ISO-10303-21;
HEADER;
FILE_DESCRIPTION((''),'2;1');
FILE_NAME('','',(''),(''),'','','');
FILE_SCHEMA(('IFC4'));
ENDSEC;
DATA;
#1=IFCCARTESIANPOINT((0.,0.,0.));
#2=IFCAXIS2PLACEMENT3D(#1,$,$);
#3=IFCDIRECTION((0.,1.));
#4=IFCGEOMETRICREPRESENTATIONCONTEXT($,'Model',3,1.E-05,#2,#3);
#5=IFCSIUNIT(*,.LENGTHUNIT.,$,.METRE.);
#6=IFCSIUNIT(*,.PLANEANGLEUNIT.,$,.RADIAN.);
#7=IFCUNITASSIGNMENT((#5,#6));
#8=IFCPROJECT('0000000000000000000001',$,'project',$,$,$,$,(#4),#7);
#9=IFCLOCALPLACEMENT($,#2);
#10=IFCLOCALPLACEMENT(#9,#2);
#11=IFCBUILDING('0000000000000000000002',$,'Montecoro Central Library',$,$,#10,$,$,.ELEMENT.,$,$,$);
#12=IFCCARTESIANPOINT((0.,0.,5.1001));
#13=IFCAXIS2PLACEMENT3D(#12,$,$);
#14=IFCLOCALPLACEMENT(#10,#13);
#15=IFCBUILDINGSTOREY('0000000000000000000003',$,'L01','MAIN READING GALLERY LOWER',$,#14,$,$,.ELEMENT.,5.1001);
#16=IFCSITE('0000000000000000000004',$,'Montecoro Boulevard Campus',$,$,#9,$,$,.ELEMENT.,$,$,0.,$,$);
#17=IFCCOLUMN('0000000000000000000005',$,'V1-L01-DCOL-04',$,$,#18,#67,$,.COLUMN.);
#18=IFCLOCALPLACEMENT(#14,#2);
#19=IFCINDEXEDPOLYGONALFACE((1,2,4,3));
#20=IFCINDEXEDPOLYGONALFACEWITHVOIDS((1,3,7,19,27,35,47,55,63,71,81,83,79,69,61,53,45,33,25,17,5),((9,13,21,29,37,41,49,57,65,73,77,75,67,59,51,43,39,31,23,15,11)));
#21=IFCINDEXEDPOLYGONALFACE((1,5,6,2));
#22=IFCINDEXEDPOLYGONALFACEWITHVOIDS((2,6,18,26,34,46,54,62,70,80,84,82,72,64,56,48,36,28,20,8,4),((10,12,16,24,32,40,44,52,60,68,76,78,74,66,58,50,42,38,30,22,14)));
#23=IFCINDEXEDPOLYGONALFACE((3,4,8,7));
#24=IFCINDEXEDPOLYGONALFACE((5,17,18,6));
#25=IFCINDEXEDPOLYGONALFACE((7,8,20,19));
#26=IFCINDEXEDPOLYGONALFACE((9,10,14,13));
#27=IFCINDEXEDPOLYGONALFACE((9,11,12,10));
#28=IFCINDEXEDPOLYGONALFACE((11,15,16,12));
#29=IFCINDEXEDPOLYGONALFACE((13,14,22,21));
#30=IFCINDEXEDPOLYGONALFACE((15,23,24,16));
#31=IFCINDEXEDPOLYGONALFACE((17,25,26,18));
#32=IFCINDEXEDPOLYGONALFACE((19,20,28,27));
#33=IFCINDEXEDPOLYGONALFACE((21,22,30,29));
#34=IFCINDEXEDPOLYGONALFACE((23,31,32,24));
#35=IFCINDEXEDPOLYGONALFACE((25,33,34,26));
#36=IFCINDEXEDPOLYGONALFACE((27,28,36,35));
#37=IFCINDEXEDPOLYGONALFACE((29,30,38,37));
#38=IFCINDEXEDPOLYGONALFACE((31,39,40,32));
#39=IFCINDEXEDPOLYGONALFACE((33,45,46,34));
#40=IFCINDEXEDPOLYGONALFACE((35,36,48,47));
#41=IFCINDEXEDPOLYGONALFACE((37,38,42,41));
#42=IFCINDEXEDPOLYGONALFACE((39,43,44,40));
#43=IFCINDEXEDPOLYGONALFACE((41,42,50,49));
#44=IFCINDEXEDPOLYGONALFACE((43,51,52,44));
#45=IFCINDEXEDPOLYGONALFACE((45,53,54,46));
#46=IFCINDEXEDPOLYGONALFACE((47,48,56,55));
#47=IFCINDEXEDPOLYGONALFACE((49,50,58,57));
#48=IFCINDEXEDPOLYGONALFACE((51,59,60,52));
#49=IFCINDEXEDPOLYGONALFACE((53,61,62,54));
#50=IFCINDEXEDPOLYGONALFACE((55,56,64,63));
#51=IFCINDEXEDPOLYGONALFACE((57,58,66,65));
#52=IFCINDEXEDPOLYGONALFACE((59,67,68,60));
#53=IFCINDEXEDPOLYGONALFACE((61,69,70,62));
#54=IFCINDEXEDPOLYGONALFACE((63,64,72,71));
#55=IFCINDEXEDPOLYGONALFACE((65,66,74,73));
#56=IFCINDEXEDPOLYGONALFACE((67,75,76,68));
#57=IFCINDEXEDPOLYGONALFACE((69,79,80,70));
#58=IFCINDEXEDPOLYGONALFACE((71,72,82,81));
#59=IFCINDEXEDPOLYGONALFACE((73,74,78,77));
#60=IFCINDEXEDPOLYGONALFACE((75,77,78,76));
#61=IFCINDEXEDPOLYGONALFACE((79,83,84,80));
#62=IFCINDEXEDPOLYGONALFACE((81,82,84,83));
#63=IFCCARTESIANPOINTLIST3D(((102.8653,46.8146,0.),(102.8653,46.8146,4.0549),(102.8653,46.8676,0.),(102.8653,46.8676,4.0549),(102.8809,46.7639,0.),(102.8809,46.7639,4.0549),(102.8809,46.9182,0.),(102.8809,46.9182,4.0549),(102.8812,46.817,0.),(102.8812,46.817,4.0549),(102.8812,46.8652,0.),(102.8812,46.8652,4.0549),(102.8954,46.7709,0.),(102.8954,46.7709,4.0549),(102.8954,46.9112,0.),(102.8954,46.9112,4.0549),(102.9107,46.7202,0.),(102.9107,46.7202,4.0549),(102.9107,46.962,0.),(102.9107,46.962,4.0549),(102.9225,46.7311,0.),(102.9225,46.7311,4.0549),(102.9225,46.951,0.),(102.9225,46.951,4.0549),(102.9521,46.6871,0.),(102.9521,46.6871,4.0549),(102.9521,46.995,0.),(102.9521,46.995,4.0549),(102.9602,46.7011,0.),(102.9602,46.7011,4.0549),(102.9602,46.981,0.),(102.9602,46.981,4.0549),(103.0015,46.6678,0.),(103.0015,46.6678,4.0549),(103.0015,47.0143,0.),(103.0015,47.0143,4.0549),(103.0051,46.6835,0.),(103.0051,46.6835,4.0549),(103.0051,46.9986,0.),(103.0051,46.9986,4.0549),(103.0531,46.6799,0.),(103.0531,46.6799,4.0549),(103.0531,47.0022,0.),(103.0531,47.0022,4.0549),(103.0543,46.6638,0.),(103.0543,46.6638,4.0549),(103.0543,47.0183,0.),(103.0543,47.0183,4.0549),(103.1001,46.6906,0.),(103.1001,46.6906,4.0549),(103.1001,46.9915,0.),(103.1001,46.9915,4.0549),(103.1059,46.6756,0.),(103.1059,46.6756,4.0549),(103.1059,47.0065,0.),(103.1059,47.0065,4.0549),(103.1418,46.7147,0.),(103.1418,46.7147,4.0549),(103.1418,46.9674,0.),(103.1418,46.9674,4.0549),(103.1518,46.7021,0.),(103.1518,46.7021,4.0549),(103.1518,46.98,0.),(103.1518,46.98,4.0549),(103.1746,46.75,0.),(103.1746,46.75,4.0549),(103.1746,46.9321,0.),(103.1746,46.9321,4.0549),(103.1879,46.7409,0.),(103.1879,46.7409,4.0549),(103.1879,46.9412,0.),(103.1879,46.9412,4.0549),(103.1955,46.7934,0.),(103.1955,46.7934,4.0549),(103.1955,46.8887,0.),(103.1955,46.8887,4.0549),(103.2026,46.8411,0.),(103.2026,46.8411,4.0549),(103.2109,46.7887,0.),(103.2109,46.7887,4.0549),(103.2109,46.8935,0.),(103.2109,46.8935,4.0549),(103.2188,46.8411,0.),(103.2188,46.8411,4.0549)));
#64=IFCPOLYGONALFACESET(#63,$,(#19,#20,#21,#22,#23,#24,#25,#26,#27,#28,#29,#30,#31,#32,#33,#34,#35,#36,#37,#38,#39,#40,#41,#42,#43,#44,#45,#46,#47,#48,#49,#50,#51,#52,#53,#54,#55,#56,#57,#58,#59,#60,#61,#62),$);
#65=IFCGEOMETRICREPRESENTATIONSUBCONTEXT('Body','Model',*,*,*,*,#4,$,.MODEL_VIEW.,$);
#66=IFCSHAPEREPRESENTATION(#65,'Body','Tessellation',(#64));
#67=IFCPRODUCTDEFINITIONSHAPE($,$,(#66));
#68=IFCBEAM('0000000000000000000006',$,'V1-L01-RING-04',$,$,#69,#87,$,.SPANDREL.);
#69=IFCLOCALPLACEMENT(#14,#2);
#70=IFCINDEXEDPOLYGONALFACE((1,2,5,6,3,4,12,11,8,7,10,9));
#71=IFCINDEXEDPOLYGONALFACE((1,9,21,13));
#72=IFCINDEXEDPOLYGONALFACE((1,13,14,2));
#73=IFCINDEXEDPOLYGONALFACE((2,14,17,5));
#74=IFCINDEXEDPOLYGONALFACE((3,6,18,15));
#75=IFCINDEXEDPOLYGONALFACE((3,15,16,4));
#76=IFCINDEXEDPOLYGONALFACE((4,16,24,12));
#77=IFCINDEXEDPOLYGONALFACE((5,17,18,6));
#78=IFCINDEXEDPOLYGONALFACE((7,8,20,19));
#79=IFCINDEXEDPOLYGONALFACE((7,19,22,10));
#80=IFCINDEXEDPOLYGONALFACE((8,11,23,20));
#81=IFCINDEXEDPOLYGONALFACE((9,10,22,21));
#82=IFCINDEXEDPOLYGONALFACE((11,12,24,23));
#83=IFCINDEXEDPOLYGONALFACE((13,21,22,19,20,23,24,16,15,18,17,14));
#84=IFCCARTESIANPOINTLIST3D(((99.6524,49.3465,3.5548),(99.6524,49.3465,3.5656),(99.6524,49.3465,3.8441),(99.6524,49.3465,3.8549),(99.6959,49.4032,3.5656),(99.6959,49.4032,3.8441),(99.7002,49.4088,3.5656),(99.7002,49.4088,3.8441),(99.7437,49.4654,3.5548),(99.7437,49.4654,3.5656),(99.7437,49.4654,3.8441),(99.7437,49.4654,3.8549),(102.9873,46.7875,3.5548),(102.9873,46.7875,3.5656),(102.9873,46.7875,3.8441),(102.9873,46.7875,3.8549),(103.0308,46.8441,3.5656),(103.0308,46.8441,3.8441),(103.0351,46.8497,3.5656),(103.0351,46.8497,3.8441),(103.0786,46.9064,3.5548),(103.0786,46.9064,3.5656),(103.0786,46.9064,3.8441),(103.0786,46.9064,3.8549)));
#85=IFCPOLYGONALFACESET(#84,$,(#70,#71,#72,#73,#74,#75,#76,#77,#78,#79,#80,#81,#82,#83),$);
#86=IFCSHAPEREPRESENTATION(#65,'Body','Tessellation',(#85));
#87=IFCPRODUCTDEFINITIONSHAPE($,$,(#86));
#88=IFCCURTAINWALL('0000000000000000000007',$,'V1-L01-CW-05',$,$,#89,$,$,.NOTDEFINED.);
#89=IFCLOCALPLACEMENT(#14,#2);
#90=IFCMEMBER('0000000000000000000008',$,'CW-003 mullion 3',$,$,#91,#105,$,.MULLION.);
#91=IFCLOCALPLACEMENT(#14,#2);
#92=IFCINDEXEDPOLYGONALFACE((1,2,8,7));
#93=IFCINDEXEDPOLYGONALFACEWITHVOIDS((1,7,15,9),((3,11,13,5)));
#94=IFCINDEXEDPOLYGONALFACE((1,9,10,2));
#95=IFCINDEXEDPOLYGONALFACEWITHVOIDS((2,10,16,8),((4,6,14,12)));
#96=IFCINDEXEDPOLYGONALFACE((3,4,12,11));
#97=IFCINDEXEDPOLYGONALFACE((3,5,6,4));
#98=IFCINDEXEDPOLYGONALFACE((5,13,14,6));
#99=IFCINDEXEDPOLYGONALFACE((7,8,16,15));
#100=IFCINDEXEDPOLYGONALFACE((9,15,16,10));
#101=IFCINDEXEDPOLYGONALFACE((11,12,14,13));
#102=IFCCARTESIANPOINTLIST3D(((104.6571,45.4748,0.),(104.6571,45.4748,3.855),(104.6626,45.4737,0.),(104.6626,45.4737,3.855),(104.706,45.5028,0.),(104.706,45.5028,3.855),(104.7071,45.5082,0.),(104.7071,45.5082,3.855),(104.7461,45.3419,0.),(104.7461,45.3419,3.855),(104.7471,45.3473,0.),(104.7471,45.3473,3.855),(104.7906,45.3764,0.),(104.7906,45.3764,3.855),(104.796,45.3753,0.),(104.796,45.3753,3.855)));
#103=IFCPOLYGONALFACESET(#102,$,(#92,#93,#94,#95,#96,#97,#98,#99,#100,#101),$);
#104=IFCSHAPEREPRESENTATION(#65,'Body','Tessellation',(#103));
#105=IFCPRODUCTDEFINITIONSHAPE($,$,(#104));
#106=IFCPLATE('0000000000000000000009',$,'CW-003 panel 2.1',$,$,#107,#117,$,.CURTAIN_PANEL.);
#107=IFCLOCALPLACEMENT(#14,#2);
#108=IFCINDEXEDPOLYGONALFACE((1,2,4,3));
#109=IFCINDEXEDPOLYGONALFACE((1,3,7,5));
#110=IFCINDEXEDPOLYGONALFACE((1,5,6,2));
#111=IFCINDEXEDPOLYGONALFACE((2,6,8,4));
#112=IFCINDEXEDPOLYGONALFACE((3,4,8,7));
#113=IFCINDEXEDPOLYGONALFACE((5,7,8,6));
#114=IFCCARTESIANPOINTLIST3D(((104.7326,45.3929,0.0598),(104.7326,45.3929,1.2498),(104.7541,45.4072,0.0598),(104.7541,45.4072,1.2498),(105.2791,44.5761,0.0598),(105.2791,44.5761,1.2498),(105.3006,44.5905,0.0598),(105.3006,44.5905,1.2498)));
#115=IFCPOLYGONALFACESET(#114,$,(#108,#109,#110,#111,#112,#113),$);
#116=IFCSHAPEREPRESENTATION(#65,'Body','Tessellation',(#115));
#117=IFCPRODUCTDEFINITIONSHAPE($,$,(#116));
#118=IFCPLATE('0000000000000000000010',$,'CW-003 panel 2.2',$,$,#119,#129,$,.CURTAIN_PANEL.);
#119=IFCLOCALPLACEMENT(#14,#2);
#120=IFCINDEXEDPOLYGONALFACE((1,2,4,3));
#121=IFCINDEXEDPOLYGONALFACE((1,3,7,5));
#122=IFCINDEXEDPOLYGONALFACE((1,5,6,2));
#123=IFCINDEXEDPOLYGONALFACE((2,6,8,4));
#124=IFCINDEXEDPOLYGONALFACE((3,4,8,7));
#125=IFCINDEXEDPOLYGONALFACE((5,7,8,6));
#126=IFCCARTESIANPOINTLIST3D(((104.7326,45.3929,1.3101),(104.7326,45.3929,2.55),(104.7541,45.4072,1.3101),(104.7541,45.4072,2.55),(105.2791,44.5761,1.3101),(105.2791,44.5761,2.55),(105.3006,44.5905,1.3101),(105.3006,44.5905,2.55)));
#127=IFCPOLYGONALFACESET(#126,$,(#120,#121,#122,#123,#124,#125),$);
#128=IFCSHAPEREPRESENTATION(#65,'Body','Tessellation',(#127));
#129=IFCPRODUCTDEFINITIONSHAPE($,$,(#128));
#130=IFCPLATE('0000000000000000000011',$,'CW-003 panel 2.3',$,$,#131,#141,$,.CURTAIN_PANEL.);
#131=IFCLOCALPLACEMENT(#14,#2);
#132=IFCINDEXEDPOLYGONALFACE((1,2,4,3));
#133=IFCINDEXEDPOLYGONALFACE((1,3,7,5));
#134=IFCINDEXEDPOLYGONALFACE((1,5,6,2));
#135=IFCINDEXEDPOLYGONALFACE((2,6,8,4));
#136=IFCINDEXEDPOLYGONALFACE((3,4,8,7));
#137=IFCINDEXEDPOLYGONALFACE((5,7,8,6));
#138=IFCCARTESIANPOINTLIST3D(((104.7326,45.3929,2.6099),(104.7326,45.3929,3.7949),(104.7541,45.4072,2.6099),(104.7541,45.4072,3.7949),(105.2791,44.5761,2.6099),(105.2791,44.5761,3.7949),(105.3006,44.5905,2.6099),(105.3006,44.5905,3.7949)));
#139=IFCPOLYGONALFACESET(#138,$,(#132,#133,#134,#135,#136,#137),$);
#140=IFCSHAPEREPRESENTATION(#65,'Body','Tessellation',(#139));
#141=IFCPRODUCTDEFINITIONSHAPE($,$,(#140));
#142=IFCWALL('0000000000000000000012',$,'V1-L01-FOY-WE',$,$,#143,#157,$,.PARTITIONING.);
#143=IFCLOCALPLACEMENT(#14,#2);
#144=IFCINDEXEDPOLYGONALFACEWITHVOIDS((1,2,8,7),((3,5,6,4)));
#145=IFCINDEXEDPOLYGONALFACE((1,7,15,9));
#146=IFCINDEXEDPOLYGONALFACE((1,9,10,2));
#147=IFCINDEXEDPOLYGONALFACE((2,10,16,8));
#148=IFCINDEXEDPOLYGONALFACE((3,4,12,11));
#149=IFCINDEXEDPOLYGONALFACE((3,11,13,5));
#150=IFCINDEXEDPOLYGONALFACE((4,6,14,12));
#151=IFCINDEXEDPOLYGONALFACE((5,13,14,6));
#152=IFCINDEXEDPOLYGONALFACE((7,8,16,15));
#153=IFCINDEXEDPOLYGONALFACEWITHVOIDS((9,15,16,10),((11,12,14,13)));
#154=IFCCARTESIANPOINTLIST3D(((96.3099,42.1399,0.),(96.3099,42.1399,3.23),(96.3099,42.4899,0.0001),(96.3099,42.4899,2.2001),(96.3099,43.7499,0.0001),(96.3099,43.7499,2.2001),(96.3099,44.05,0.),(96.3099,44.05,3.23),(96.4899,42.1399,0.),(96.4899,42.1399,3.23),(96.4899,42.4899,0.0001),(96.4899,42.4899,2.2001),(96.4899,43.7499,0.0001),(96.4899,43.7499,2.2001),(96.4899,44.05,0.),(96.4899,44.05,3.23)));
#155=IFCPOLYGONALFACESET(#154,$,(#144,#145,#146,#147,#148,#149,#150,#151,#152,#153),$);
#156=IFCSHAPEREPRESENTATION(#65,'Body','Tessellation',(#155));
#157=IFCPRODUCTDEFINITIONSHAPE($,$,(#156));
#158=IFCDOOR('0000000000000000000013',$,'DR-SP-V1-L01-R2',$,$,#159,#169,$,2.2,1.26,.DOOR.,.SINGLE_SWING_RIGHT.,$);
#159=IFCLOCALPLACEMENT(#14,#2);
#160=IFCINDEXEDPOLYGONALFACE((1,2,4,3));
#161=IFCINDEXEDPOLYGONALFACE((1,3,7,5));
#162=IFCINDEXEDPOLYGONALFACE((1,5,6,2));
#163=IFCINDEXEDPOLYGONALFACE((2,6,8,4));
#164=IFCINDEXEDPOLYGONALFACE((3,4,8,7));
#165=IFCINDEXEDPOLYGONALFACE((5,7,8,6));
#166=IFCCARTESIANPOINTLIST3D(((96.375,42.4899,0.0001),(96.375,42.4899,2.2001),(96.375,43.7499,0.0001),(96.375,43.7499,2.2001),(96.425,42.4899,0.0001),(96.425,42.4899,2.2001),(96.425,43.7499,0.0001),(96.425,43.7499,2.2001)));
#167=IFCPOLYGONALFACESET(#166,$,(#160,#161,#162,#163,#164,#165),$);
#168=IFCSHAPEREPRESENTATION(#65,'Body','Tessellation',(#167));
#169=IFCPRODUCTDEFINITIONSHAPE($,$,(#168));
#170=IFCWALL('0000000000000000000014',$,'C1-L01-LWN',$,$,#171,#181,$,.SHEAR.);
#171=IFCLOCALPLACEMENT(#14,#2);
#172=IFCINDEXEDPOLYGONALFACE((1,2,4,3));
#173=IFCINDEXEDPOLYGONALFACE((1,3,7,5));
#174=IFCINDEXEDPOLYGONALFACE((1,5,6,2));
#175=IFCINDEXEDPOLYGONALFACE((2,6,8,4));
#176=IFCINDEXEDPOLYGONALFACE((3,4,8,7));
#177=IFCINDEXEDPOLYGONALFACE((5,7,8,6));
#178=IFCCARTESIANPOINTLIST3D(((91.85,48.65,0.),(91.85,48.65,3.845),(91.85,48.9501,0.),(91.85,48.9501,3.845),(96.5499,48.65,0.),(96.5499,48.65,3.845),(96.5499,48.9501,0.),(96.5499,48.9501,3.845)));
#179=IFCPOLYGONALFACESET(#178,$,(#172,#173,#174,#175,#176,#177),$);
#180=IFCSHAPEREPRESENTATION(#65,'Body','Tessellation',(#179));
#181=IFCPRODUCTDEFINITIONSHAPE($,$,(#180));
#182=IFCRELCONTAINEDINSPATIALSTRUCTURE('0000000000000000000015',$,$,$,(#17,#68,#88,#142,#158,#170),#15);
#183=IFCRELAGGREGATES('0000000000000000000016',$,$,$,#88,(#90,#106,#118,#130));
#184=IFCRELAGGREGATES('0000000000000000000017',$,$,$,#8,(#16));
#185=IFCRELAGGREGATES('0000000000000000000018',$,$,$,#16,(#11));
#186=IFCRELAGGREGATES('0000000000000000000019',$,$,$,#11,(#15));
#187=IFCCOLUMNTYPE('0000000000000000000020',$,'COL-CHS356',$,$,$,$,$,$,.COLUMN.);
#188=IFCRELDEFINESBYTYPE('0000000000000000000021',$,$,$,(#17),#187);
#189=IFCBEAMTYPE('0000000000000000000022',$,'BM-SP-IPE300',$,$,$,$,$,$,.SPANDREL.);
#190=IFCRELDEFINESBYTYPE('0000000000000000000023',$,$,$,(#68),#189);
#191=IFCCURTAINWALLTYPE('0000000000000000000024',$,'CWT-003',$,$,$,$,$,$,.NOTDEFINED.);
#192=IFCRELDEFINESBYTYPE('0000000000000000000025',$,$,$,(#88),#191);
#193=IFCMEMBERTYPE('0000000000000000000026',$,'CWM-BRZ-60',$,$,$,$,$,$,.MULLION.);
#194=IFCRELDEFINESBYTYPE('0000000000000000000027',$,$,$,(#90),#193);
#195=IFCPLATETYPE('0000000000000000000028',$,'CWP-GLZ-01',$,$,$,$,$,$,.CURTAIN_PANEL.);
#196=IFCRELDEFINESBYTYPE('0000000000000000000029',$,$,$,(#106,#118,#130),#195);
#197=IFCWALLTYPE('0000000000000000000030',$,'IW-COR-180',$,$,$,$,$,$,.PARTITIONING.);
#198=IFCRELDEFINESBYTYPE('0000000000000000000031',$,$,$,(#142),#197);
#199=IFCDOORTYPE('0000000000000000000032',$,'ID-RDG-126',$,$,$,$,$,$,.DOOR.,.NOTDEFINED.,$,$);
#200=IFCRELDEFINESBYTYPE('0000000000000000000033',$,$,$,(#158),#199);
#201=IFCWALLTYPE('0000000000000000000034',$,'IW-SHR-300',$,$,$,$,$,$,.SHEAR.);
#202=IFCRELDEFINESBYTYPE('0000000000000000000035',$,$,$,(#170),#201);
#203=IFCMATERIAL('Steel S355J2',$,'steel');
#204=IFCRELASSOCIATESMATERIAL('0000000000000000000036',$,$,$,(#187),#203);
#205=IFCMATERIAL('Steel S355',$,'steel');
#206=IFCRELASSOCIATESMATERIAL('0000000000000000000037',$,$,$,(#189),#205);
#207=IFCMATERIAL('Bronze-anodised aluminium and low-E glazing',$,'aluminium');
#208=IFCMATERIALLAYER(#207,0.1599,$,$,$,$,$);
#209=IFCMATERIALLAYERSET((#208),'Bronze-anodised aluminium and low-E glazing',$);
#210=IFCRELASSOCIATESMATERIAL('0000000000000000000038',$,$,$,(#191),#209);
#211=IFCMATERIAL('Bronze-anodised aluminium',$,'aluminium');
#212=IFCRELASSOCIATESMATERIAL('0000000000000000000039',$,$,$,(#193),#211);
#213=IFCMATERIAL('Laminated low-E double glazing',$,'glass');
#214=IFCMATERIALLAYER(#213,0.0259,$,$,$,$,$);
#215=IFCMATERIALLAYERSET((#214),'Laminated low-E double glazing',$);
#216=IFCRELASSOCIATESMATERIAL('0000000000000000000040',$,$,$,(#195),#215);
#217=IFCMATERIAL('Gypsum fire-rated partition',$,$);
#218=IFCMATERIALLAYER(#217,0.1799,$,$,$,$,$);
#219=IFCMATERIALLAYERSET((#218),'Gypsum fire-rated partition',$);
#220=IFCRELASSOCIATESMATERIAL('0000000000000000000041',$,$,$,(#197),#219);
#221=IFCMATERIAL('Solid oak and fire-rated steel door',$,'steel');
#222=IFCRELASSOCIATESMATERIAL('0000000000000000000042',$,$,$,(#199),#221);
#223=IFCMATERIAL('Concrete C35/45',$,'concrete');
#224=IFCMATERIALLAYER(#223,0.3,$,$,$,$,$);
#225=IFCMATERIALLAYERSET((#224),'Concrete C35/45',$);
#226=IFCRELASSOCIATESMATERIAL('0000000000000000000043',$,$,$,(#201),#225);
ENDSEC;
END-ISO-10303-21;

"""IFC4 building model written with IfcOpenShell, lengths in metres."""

from ifc_helpers import new_model, si_unit, direction, frame, frame_2d, origin, origin_2d, place, context, subcontext, project, spatial, rectangle, hollow_rectangle, hollow_circle, i_section, extrude, material, layer, layer_set, material_profile, profile_set, type_object, element, fill, aggregate, save


model = new_model("IFC4")

# Units and contexts
model_context = context("Model", 3, precision=1e-05, world=origin(), true_north=direction((0.0, 1.0)))
body_context = subcontext(model_context, "Body", "Model", "MODEL_VIEW")
ifc_project = project(units=[si_unit("LENGTHUNIT", "METRE"), si_unit("PLANEANGLEUNIT", "RADIAN")], contexts=[model_context])

# Site, building, storey
site_placement = place(None, origin())
site = spatial("IfcSite", under=ifc_project, at=site_placement, Name="Montecoro Boulevard Campus", CompositionType="ELEMENT", RefElevation=0.0)
building_placement = place(site_placement, origin())
building = spatial("IfcBuilding", under=site, at=building_placement, Name="Montecoro Central Library", CompositionType="ELEMENT")
storey_placement = place(building_placement, frame((0.0, 0.0, 5.1001)))
storey = spatial("IfcBuildingStorey", under=building, at=storey_placement, Name="L01", Description="MAIN READING GALLERY LOWER", CompositionType="ELEMENT", Elevation=5.1001)

# Column
ifc_material_1 = material(Name="Steel S355J2", Category="steel")
ifc_material_profile_1 = material_profile(ifc_material_1, hollow_circle(Radius=0.1777, WallThickness=0.0161, at=origin_2d()), Name="CHS 355.6x16.0")
ifc_profile_set_1 = profile_set([ifc_material_profile_1], Name="Steel S355J2")
column_type = type_object("IfcColumnType", Name="COL-CHS356", PredefinedType="COLUMN", material=ifc_profile_set_1)
column_placement = place(storey_placement, frame((103.041, 46.8411, 0.0), z_axis=(0.0, 0.0, 1.0), x_axis=(1.0, 0.0, 0.0)))
element("IfcColumn", 1, at=column_placement, inside=storey, type_object=column_type, Name="V1-L01-DCOL-04", PredefinedType="COLUMN", context=body_context, shape_type="SweptSolid", body=[
    extrude(hollow_circle(Radius=0.1777, WallThickness=0.0161, at=origin_2d()), origin(), (0.0, 0.0, 1.0), 4.0549),
])

# Beam
ifc_material_2 = material(Name="Steel S355", Category="steel")
ifc_material_profile_2 = material_profile(ifc_material_2, i_section(OverallWidth=0.1499, OverallDepth=0.3, WebThickness=0.0071, FlangeThickness=0.0107, at=origin_2d()), Name="IPE 300")
ifc_profile_set_2 = profile_set([ifc_material_profile_2], Name="Steel S355")
beam_type = type_object("IfcBeamType", Name="BM-SP-IPE300", PredefinedType="SPANDREL", material=ifc_profile_set_2)
beam_placement = place(storey_placement, frame((103.033, 46.8469, 3.7048), z_axis=(-0.793345, 0.608773, 0.0), x_axis=(-0.608773, -0.793345, 0.0)))
element("IfcBeam", 2, at=beam_placement, inside=storey, type_object=beam_type, Name="V1-L01-RING-04", PredefinedType="SPANDREL", context=body_context, shape_type="SweptSolid", body=[
    extrude(i_section(OverallWidth=0.1499, OverallDepth=0.3, WebThickness=0.0071, FlangeThickness=0.0107, at=origin_2d()), origin(), (0.0, 0.0, 1.0), 4.2036),
])

# Curtain wall, member, plates
ifc_material_3 = material(Name="Bronze-anodised aluminium and low-E glazing", Category="aluminium")
ifc_layer_1 = layer(ifc_material_3, 0.1599)
ifc_layer_set_1 = layer_set([ifc_layer_1], Name="Bronze-anodised aluminium and low-E glazing")
curtain_wall_type = type_object("IfcCurtainWallType", Name="CWT-003", PredefinedType="NOTDEFINED", material=ifc_layer_set_1)
curtain_wall_placement = place(storey_placement, origin())
curtain_wall = element("IfcCurtainWall", 3, at=curtain_wall_placement, inside=storey, type_object=curtain_wall_type, Name="V1-L01-CW-05", PredefinedType="NOTDEFINED")
ifc_material_4 = material(Name="Bronze-anodised aluminium", Category="aluminium")
ifc_material_profile_3 = material_profile(ifc_material_4, hollow_rectangle(XDim=0.0601, YDim=0.1599, WallThickness=0.0039, at=origin_2d()), Name="CWM 160x60x4.0")
ifc_profile_set_3 = profile_set([ifc_material_profile_3], Name="Bronze-anodised aluminium")
member_type = type_object("IfcMemberType", Name="CWM-BRZ-60", PredefinedType="MULLION", material=ifc_profile_set_3)
member_placement = place(storey_placement, frame((104.7266, 45.425, 0.0), z_axis=(0.0, 0.0, 1.0), x_axis=(-0.831117, -0.556098, 0.0)))
member = element("IfcMember", 4, at=member_placement, type_object=member_type, Name="CW-003 mullion 3", PredefinedType="MULLION", context=body_context, shape_type="SweptSolid", body=[
    extrude(hollow_rectangle(XDim=0.0601, YDim=0.1599, WallThickness=0.0039, at=origin_2d()), origin(), (0.0, 0.0, 1.0), 3.855),
])
ifc_material_5 = material(Name="Laminated low-E double glazing", Category="glass")
ifc_layer_2 = layer(ifc_material_5, 0.0259)
ifc_layer_set_2 = layer_set([ifc_layer_2], Name="Laminated low-E double glazing")
plate_type = type_object("IfcPlateType", Name="CWP-GLZ-01", PredefinedType="CURTAIN_PANEL", material=ifc_layer_set_2)
plate_1_placement = place(storey_placement, frame((105.0166, 44.9917, 0.0598), z_axis=(0.0, 0.0, 1.0), x_axis=(-0.556098, 0.831117, 0.0)))
plate_1 = element("IfcPlate", 5, at=plate_1_placement, type_object=plate_type, Name="CW-003 panel 2.1", PredefinedType="CURTAIN_PANEL", context=body_context, shape_type="SweptSolid", body=[
    extrude(rectangle(XDim=0.9827, YDim=0.0259, at=origin_2d()), origin(), (0.0, 0.0, 1.0), 1.1899),
])
plate_2_placement = place(storey_placement, frame((105.0166, 44.9917, 1.3101), z_axis=(0.0, 0.0, 1.0), x_axis=(-0.556098, 0.831117, 0.0)))
plate_2 = element("IfcPlate", 6, at=plate_2_placement, type_object=plate_type, Name="CW-003 panel 2.2", PredefinedType="CURTAIN_PANEL", context=body_context, shape_type="SweptSolid", body=[
    extrude(rectangle(XDim=0.9827, YDim=0.0259, at=origin_2d()), origin(), (0.0, 0.0, 1.0), 1.24),
])
plate_3_placement = place(storey_placement, frame((105.0166, 44.9917, 2.6099), z_axis=(0.0, 0.0, 1.0), x_axis=(-0.556098, 0.831117, 0.0)))
plate_3 = element("IfcPlate", 7, at=plate_3_placement, type_object=plate_type, Name="CW-003 panel 2.3", PredefinedType="CURTAIN_PANEL", context=body_context, shape_type="SweptSolid", body=[
    extrude(rectangle(XDim=0.9827, YDim=0.0259, at=origin_2d()), origin(), (0.0, 0.0, 1.0), 1.1851),
])
aggregate(curtain_wall, [member, plate_1, plate_2, plate_3])

# Wall, opening, door
ifc_material_6 = material(Name="Gypsum fire-rated partition")
ifc_layer_3 = layer(ifc_material_6, 0.1799)
ifc_layer_set_3 = layer_set([ifc_layer_3], Name="Gypsum fire-rated partition")
wall_type_1 = type_object("IfcWallType", Name="IW-COR-180", PredefinedType="PARTITIONING", material=ifc_layer_set_3)
wall_1_placement = place(storey_placement, frame((96.3999, 42.1399, 0.0), z_axis=(0.0, 0.0, 1.0), x_axis=(0.0, 1.0, 0.0)))
wall_1 = element("IfcWall", 8, at=wall_1_placement, inside=storey, type_object=wall_type_1, Name="V1-L01-FOY-WE", PredefinedType="PARTITIONING", context=body_context, shape_type="SweptSolid", body=[
    extrude(rectangle(XDim=1.9102, YDim=0.1799, at=frame_2d((0.9551, 0.0))), origin(), (0.0, 0.0, 1.0), 3.23),
])
opening_1_placement = place(wall_1_placement, frame((0.3501, 0.0, 0.0)))
opening_1 = element("IfcOpeningElement", 9, at=opening_1_placement, cuts=wall_1, PredefinedType="OPENING", context=body_context, shape_type="SweptSolid", body=[
    extrude(rectangle(XDim=1.26, YDim=2.2, at=frame_2d((0.6299, 1.1001))), frame((0.0, 0.0999, 0.0), z_axis=(0.0, -1.0, 0.0), x_axis=(1.0, 0.0, 0.0)), (0.0, 0.0, 1.0), 0.2),
])
ifc_material_7 = material(Name="Solid oak and fire-rated steel door", Category="steel")
door_type = type_object("IfcDoorType", Name="ID-RDG-126", OperationType="NOTDEFINED", PredefinedType="DOOR", material=ifc_material_7)
door_placement = place(opening_1_placement, origin())
door = element("IfcDoor", 10, at=door_placement, inside=storey, type_object=door_type, Name="DR-SP-V1-L01-R2", OperationType="SINGLE_SWING_RIGHT", OverallHeight=2.2, OverallWidth=1.26, PredefinedType="DOOR", context=body_context, shape_type="SweptSolid", body=[
    extrude(rectangle(XDim=1.26, YDim=2.2, at=frame_2d((0.6299, 1.1001))), frame((0.0, 0.0249, 0.0), z_axis=(0.0, -1.0, 0.0), x_axis=(1.0, 0.0, 0.0)), (0.0, 0.0, 1.0), 0.05),
])
fill(opening_1, door)

# Wall
ifc_material_8 = material(Name="Concrete C35/45", Category="concrete")
ifc_layer_4 = layer(ifc_material_8, 0.3)
ifc_layer_set_4 = layer_set([ifc_layer_4], Name="Concrete C35/45")
wall_type_2 = type_object("IfcWallType", Name="IW-SHR-300", PredefinedType="SHEAR", material=ifc_layer_set_4)
wall_2_placement = place(storey_placement, frame((96.55, 48.8, 0.0), z_axis=(0.0, 0.0, 1.0), x_axis=(-1.0, 0.0, 0.0)))
element("IfcWall", 11, at=wall_2_placement, inside=storey, type_object=wall_type_2, Name="C1-L01-LWN", PredefinedType="SHEAR", context=body_context, shape_type="SweptSolid", body=[
    extrude(rectangle(XDim=4.7, YDim=0.3, at=frame_2d((2.3501, 0.0))), origin(), (0.0, 0.0, 1.0), 3.845),
])

save(model, "model.ifc")
